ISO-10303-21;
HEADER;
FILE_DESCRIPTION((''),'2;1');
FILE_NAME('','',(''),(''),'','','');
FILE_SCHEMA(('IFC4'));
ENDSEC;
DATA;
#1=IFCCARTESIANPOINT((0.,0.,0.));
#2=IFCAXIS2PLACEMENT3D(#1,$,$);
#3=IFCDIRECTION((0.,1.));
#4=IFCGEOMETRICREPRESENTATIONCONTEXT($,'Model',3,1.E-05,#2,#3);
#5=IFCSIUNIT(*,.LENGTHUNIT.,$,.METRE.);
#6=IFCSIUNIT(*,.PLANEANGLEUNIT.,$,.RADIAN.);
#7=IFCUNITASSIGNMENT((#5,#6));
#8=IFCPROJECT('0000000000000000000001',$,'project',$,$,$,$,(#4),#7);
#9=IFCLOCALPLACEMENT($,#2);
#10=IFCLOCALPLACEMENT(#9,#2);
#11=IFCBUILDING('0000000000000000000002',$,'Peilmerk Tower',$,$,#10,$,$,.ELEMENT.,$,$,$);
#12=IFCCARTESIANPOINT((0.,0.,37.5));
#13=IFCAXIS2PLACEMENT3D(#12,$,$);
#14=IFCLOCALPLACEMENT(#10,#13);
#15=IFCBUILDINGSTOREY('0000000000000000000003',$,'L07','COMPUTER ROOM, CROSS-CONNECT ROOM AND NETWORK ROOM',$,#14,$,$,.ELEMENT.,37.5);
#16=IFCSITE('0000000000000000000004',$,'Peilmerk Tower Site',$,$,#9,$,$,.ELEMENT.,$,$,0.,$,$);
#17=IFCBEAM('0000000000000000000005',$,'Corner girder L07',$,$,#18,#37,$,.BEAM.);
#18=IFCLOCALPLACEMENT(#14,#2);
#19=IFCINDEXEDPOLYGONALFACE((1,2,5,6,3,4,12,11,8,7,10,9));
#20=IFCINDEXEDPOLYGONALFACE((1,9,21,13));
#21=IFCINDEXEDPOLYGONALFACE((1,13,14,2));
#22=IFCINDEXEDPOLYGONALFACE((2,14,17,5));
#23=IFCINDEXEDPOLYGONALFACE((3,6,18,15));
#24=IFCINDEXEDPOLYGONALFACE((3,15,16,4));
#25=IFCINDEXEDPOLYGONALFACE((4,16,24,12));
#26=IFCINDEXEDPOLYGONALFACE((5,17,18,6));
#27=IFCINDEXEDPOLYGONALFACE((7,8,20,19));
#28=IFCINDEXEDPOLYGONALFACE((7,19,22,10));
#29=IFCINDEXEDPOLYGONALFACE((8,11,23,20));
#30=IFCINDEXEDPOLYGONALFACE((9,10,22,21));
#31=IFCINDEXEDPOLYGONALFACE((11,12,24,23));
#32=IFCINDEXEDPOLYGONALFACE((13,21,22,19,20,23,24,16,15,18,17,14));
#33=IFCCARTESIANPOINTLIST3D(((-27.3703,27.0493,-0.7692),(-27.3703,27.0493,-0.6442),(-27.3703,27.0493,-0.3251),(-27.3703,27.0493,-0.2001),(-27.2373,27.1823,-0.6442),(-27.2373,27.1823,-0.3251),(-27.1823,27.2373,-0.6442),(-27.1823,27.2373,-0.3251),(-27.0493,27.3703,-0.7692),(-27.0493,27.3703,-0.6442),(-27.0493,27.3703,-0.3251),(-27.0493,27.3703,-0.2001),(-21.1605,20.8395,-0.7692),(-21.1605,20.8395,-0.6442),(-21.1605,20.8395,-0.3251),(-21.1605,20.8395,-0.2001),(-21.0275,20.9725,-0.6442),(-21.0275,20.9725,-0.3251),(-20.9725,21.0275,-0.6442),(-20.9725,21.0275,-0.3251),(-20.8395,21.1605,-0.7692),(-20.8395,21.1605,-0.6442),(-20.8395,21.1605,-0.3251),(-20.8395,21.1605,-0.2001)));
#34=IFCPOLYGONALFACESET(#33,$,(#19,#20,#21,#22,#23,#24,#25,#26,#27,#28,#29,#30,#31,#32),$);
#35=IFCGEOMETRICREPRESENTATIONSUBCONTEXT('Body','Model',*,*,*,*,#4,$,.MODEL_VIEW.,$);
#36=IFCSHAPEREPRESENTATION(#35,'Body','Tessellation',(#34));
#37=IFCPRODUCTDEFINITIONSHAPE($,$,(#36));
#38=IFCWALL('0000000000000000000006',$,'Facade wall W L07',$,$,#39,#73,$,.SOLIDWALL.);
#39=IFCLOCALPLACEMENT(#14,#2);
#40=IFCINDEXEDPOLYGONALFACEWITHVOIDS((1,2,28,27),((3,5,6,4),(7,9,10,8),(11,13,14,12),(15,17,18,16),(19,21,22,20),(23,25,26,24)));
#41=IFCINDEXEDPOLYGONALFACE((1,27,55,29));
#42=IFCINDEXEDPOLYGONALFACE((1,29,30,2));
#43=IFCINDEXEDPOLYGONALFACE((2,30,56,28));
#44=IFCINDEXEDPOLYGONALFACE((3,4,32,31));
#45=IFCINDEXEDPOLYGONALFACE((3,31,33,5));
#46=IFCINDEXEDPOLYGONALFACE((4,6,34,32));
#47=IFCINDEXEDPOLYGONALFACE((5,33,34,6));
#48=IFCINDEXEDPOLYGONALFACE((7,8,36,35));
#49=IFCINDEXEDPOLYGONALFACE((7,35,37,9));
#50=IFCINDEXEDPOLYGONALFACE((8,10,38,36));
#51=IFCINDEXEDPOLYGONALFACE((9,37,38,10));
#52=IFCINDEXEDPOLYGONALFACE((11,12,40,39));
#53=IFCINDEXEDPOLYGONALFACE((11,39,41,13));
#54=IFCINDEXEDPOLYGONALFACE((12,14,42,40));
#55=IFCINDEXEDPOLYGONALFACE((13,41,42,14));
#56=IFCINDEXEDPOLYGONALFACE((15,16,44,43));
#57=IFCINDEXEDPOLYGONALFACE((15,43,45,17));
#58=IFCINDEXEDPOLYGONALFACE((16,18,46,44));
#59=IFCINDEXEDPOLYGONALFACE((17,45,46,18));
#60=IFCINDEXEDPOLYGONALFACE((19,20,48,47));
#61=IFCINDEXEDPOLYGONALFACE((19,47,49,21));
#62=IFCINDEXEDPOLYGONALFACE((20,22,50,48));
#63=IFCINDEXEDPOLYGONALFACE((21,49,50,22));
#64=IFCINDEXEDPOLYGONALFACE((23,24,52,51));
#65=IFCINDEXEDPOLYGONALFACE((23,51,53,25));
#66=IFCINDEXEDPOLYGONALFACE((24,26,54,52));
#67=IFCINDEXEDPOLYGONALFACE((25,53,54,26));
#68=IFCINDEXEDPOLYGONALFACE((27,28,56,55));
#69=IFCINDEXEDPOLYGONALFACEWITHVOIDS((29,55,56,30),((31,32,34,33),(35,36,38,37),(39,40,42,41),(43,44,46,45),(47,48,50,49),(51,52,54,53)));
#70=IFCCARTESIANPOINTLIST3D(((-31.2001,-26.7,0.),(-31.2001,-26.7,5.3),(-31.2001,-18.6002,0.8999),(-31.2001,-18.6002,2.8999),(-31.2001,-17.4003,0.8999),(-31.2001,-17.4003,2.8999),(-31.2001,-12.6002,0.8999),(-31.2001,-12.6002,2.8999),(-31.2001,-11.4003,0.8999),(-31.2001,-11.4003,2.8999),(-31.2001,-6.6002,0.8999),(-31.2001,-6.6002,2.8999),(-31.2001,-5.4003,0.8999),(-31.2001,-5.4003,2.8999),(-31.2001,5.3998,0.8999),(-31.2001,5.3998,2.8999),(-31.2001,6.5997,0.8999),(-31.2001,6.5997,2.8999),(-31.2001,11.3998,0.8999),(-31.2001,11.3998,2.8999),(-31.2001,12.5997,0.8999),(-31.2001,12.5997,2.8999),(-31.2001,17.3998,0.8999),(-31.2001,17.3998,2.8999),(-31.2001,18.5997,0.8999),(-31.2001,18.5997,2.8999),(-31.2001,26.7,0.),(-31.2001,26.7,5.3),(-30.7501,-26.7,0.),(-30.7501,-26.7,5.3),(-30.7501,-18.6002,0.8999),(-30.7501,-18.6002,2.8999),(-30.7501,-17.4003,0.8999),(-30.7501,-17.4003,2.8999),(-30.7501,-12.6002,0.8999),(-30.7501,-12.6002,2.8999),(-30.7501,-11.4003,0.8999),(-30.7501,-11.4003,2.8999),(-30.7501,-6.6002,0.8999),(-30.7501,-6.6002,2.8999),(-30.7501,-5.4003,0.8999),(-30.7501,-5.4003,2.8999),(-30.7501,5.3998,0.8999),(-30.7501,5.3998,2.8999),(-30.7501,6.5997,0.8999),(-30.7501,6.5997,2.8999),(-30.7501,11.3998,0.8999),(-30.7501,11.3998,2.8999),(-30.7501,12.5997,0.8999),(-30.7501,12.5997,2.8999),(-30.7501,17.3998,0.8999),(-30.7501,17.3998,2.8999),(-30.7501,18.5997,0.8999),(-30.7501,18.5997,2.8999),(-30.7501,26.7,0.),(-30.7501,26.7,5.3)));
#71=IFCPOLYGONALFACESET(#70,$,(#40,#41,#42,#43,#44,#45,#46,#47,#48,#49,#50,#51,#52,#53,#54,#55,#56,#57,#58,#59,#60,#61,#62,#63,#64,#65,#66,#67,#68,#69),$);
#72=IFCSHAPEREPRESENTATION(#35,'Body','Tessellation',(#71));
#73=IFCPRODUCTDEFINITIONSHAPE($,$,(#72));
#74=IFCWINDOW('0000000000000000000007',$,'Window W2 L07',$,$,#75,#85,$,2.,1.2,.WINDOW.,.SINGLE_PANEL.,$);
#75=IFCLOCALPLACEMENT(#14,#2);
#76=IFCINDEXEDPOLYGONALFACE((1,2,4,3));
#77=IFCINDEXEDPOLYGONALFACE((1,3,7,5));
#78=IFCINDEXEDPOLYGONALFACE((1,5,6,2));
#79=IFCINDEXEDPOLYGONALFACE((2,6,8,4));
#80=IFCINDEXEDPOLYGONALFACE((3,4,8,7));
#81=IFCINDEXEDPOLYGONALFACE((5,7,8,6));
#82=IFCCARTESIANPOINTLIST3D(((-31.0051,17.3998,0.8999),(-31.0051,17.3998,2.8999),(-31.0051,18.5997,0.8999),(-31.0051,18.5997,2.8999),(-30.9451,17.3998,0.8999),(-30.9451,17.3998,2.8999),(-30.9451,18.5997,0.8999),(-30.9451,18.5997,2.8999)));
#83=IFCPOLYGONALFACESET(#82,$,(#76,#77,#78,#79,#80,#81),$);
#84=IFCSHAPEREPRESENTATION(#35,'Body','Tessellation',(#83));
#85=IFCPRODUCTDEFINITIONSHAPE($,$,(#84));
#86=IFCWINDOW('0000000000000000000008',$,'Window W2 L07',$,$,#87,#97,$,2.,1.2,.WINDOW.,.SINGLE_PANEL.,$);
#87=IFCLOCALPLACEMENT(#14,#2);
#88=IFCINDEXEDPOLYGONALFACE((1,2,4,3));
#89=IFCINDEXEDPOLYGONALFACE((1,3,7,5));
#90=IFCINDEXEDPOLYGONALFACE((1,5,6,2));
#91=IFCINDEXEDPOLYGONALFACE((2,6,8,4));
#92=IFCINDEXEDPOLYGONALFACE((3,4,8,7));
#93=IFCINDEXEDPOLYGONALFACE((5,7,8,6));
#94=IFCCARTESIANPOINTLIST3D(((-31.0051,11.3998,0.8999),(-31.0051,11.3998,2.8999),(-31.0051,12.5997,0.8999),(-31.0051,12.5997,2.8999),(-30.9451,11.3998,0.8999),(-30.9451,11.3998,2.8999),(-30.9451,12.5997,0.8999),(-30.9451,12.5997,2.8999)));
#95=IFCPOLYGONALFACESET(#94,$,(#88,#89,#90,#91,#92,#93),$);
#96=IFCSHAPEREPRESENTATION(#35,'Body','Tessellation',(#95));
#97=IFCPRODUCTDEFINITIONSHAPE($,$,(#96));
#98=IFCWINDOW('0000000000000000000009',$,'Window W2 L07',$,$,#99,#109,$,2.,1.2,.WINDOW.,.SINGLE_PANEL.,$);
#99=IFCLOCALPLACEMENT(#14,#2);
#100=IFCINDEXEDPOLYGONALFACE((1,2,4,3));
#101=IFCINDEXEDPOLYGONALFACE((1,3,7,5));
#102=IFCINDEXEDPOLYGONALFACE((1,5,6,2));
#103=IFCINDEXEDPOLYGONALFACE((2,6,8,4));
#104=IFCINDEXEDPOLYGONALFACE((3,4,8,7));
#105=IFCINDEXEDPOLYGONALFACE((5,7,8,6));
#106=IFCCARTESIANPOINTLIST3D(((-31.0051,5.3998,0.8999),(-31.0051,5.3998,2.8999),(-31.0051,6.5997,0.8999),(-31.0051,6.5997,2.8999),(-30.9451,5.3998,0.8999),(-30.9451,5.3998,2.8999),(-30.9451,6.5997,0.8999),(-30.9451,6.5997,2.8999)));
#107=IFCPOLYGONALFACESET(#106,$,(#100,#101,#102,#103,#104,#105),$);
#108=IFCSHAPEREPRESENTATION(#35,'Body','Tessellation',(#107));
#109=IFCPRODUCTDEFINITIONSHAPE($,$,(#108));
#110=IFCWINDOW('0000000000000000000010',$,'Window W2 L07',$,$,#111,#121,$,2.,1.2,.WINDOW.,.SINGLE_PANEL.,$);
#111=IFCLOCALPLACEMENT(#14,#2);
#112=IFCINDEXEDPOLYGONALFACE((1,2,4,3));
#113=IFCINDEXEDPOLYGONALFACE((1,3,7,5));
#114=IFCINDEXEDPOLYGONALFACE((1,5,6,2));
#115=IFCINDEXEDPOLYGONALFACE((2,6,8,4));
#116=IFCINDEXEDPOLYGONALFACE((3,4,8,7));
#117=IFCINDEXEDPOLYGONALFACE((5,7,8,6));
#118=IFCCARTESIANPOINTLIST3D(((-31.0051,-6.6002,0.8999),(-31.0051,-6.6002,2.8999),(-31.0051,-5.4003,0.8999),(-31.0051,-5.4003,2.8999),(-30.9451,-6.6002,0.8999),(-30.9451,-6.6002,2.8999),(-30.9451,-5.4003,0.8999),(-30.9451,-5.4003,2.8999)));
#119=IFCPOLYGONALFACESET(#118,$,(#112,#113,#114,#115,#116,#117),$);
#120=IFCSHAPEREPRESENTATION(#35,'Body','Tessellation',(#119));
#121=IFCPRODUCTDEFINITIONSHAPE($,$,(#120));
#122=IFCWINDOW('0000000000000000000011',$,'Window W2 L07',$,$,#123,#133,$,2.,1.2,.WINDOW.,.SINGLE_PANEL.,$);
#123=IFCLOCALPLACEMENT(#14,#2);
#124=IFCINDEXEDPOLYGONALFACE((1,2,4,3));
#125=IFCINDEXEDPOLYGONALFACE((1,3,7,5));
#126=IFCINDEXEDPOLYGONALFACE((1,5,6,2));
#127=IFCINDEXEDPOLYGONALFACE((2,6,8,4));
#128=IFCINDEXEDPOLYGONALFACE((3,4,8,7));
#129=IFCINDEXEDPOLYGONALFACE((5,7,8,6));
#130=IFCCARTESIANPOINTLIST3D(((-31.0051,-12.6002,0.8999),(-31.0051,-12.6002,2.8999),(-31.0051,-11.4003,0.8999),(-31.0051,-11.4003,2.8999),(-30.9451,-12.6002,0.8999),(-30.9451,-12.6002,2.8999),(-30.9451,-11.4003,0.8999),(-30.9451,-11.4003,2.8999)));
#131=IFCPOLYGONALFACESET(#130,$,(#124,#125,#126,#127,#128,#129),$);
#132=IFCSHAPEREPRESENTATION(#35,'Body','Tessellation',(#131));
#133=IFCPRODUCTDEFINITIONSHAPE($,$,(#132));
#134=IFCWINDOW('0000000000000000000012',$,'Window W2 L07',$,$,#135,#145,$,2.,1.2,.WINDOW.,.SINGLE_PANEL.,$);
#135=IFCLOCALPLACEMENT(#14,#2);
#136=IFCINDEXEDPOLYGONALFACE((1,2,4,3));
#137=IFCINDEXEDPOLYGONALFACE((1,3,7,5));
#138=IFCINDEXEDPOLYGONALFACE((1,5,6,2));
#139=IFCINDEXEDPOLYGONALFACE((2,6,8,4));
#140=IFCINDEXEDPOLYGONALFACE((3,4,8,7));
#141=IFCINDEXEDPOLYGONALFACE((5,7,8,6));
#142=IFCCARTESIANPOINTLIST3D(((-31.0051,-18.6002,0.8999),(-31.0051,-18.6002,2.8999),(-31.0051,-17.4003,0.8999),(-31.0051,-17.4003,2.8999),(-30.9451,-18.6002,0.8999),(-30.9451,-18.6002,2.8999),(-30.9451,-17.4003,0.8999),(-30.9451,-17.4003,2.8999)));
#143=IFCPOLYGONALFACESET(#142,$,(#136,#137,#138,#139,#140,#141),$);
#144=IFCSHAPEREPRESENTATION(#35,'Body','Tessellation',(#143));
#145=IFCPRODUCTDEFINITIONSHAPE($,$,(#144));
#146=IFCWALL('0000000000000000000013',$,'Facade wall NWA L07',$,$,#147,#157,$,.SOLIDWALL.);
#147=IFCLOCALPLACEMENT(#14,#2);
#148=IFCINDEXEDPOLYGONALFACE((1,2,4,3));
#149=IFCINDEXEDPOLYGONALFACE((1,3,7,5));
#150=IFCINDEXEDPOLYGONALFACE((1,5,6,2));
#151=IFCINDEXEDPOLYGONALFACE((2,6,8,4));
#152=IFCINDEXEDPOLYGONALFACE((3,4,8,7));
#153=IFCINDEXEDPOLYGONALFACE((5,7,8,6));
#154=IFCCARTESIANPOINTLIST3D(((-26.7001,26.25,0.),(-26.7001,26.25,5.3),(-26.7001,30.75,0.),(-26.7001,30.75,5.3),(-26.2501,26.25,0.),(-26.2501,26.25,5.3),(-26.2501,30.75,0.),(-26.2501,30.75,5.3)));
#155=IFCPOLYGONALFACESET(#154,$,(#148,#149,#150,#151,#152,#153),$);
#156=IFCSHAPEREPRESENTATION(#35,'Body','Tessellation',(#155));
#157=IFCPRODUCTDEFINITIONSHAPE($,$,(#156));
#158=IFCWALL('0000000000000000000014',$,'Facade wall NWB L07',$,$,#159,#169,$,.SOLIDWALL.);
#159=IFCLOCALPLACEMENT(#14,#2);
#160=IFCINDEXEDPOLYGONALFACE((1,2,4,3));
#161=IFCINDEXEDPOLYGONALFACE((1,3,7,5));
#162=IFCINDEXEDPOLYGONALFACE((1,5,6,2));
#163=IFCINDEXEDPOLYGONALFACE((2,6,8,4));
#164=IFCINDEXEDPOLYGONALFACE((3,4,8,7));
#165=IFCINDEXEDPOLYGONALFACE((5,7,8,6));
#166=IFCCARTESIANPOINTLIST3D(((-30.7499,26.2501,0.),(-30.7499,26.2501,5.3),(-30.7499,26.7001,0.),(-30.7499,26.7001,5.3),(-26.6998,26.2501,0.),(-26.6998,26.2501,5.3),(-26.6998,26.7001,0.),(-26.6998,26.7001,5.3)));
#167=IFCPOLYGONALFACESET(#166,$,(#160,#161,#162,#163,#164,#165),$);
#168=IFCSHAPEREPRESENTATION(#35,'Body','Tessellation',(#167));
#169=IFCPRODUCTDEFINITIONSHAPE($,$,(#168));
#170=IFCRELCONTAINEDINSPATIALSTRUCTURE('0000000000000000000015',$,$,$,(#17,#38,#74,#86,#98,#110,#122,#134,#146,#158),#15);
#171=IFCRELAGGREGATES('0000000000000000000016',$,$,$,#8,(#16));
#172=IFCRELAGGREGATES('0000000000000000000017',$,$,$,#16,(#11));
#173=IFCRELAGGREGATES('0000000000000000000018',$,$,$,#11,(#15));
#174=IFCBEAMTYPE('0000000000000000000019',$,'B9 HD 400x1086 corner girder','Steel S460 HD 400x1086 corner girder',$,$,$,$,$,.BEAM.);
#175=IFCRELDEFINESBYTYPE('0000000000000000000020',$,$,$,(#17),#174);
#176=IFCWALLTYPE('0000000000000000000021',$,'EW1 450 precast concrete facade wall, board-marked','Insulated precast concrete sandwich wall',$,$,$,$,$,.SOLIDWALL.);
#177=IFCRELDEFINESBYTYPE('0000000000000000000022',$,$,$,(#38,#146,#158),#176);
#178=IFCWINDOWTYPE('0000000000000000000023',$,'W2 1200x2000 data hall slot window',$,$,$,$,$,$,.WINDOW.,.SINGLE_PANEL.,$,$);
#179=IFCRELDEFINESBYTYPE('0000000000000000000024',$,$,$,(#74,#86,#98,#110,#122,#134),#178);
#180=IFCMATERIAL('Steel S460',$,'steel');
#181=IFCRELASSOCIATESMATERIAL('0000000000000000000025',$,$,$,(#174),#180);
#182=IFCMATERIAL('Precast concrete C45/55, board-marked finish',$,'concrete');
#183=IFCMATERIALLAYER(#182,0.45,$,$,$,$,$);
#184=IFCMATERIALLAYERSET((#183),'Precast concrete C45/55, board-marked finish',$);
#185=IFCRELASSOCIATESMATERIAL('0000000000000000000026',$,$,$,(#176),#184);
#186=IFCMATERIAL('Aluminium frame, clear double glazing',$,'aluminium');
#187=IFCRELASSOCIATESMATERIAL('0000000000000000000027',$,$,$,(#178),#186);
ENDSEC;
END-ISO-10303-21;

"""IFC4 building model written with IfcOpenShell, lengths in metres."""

from ifc_helpers import new_model, si_unit, direction, frame, frame_2d, origin, origin_2d, place, context, subcontext, project, spatial, rectangle, i_section, extrude, material, layer, layer_set, material_profile, profile_set, type_object, element, fill, save


model = new_model("IFC4")

# Units and contexts
model_context = context("Model", 3, precision=1e-05, world=origin(), true_north=direction((0.0, 1.0)))
body_context = subcontext(model_context, "Body", "Model", "MODEL_VIEW")
ifc_project = project(units=[si_unit("LENGTHUNIT", "METRE"), si_unit("PLANEANGLEUNIT", "RADIAN")], contexts=[model_context])

# Site, building, storey
site_placement = place(None, origin())
site = spatial("IfcSite", under=ifc_project, at=site_placement, Name="Peilmerk Tower Site", CompositionType="ELEMENT", RefElevation=0.0)
building_placement = place(site_placement, origin())
building = spatial("IfcBuilding", under=site, at=building_placement, Name="Peilmerk Tower", CompositionType="ELEMENT")
storey_placement = place(building_placement, frame((0.0, 0.0, 37.5)))
storey = spatial("IfcBuildingStorey", under=building, at=storey_placement, Name="L07", Description="COMPUTER ROOM, CROSS-CONNECT ROOM AND NETWORK ROOM", CompositionType="ELEMENT", Elevation=37.5)

# Beam
ifc_material_1 = material(Name="Steel S460", Category="steel")
ifc_material_profile_1 = material_profile(ifc_material_1, i_section(OverallWidth=0.4541, OverallDepth=0.5691, WebThickness=0.0779, FlangeThickness=0.125, at=origin_2d()), Name="HD 400x1086")
ifc_profile_set_1 = profile_set([ifc_material_profile_1], Name="Steel S460")
beam_type_1 = type_object("IfcBeamType", Name="B9 HD 400x1086 corner girder", Description="Steel S460 HD 400x1086 corner girder", PredefinedType="BEAM", material=ifc_profile_set_1)
beam_1_placement = place(storey_placement, frame((-21.0, 21.0, -0.4846), z_axis=(-0.707107, 0.707107, 0.0), x_axis=(-0.707107, -0.707107, 0.0)))
element("IfcBeam", 1, at=beam_1_placement, inside=storey, type_object=beam_type_1, Name="Corner girder L07", PredefinedType="BEAM", context=body_context, shape_type="SweptSolid", body=[
    extrude(i_section(OverallWidth=0.4541, OverallDepth=0.5691, WebThickness=0.0779, FlangeThickness=0.125, at=origin_2d()), origin(), (0.0, 0.0, 1.0), 8.782),
])

# Wall, openings, windows
ifc_material_2 = material(Name="Precast concrete C45/55, board-marked finish", Category="concrete")
ifc_layer = layer(ifc_material_2, 0.45)
ifc_layer_set = layer_set([ifc_layer], Name="Precast concrete C45/55, board-marked finish")
wall_type = type_object("IfcWallType", Name="EW1 450 precast concrete facade wall, board-marked", Description="Insulated precast concrete sandwich wall", PredefinedType="SOLIDWALL", material=ifc_layer_set)
wall_1_placement = place(storey_placement, frame((-30.9751, 26.7, 0.0), z_axis=(0.0, 0.0, 1.0), x_axis=(0.0, -1.0, 0.0)))
wall_1 = element("IfcWall", 2, at=wall_1_placement, inside=storey, type_object=wall_type, Name="Facade wall W L07", PredefinedType="SOLIDWALL", context=body_context, shape_type="SweptSolid", body=[
    extrude(rectangle(XDim=53.3999, YDim=0.45, at=frame_2d((26.7, 0.0))), origin(), (0.0, 0.0, 1.0), 5.3),
])
opening_1_placement = place(wall_1_placement, frame((8.1001, 0.0, 0.8999)))
opening_1 = element("IfcOpeningElement", 3, at=opening_1_placement, cuts=wall_1, PredefinedType="OPENING", context=body_context, shape_type="SweptSolid", body=[
    extrude(rectangle(XDim=1.2, YDim=2.0, at=frame_2d((0.6001, 1.0))), frame((0.0, 0.2349, 0.0), z_axis=(0.0, -1.0, 0.0), x_axis=(1.0, 0.0, 0.0)), (0.0, 0.0, 1.0), 0.47),
])
opening_2_placement = place(wall_1_placement, frame((14.1001, 0.0, 0.8999)))
opening_2 = element("IfcOpeningElement", 4, at=opening_2_placement, cuts=wall_1, PredefinedType="OPENING", context=body_context, shape_type="SweptSolid", body=[
    extrude(rectangle(XDim=1.2, YDim=2.0, at=frame_2d((0.6001, 1.0))), frame((0.0, 0.2349, 0.0), z_axis=(0.0, -1.0, 0.0), x_axis=(1.0, 0.0, 0.0)), (0.0, 0.0, 1.0), 0.47),
])
opening_3_placement = place(wall_1_placement, frame((20.1001, 0.0, 0.8999)))
opening_3 = element("IfcOpeningElement", 5, at=opening_3_placement, cuts=wall_1, PredefinedType="OPENING", context=body_context, shape_type="SweptSolid", body=[
    extrude(rectangle(XDim=1.2, YDim=2.0, at=frame_2d((0.6001, 1.0))), frame((0.0, 0.2349, 0.0), z_axis=(0.0, -1.0, 0.0), x_axis=(1.0, 0.0, 0.0)), (0.0, 0.0, 1.0), 0.47),
])
opening_4_placement = place(wall_1_placement, frame((32.1001, 0.0, 0.8999)))
opening_4 = element("IfcOpeningElement", 6, at=opening_4_placement, cuts=wall_1, PredefinedType="OPENING", context=body_context, shape_type="SweptSolid", body=[
    extrude(rectangle(XDim=1.2, YDim=2.0, at=frame_2d((0.6001, 1.0))), frame((0.0, 0.2349, 0.0), z_axis=(0.0, -1.0, 0.0), x_axis=(1.0, 0.0, 0.0)), (0.0, 0.0, 1.0), 0.47),
])
opening_5_placement = place(wall_1_placement, frame((38.1001, 0.0, 0.8999)))
opening_5 = element("IfcOpeningElement", 7, at=opening_5_placement, cuts=wall_1, PredefinedType="OPENING", context=body_context, shape_type="SweptSolid", body=[
    extrude(rectangle(XDim=1.2, YDim=2.0, at=frame_2d((0.6001, 1.0))), frame((0.0, 0.2349, 0.0), z_axis=(0.0, -1.0, 0.0), x_axis=(1.0, 0.0, 0.0)), (0.0, 0.0, 1.0), 0.47),
])
opening_6_placement = place(wall_1_placement, frame((44.1001, 0.0, 0.8999)))
opening_6 = element("IfcOpeningElement", 8, at=opening_6_placement, cuts=wall_1, PredefinedType="OPENING", context=body_context, shape_type="SweptSolid", body=[
    extrude(rectangle(XDim=1.2, YDim=2.0, at=frame_2d((0.6001, 1.0))), frame((0.0, 0.2349, 0.0), z_axis=(0.0, -1.0, 0.0), x_axis=(1.0, 0.0, 0.0)), (0.0, 0.0, 1.0), 0.47),
])
ifc_material_3 = material(Name="Aluminium frame, clear double glazing", Category="aluminium")
window_type = type_object("IfcWindowType", Name="W2 1200x2000 data hall slot window", PartitioningType="SINGLE_PANEL", PredefinedType="WINDOW", material=ifc_material_3)
window_1_placement = place(opening_1_placement, origin())
window_1 = element("IfcWindow", 9, at=window_1_placement, inside=storey, type_object=window_type, Name="Window W2 L07", OverallHeight=2.0, OverallWidth=1.2, PartitioningType="SINGLE_PANEL", PredefinedType="WINDOW", context=body_context, shape_type="SweptSolid", body=[
    extrude(rectangle(XDim=1.2, YDim=2.0, at=frame_2d((0.6001, 1.0))), frame((0.0, 0.03, 0.0), z_axis=(0.0, -1.0, 0.0), x_axis=(1.0, 0.0, 0.0)), (0.0, 0.0, 1.0), 0.0601),
])
fill(opening_1, window_1)
window_2_placement = place(opening_2_placement, origin())
window_2 = element("IfcWindow", 10, at=window_2_placement, inside=storey, type_object=window_type, Name="Window W2 L07", OverallHeight=2.0, OverallWidth=1.2, PartitioningType="SINGLE_PANEL", PredefinedType="WINDOW", context=body_context, shape_type="SweptSolid", body=[
    extrude(rectangle(XDim=1.2, YDim=2.0, at=frame_2d((0.6001, 1.0))), frame((0.0, 0.03, 0.0), z_axis=(0.0, -1.0, 0.0), x_axis=(1.0, 0.0, 0.0)), (0.0, 0.0, 1.0), 0.0601),
])
fill(opening_2, window_2)
window_3_placement = place(opening_3_placement, origin())
window_3 = element("IfcWindow", 11, at=window_3_placement, inside=storey, type_object=window_type, Name="Window W2 L07", OverallHeight=2.0, OverallWidth=1.2, PartitioningType="SINGLE_PANEL", PredefinedType="WINDOW", context=body_context, shape_type="SweptSolid", body=[
    extrude(rectangle(XDim=1.2, YDim=2.0, at=frame_2d((0.6001, 1.0))), frame((0.0, 0.03, 0.0), z_axis=(0.0, -1.0, 0.0), x_axis=(1.0, 0.0, 0.0)), (0.0, 0.0, 1.0), 0.0601),
])
fill(opening_3, window_3)
window_4_placement = place(opening_4_placement, origin())
window_4 = element("IfcWindow", 12, at=window_4_placement, inside=storey, type_object=window_type, Name="Window W2 L07", OverallHeight=2.0, OverallWidth=1.2, PartitioningType="SINGLE_PANEL", PredefinedType="WINDOW", context=body_context, shape_type="SweptSolid", body=[
    extrude(rectangle(XDim=1.2, YDim=2.0, at=frame_2d((0.6001, 1.0))), frame((0.0, 0.03, 0.0), z_axis=(0.0, -1.0, 0.0), x_axis=(1.0, 0.0, 0.0)), (0.0, 0.0, 1.0), 0.0601),
])
fill(opening_4, window_4)
window_5_placement = place(opening_5_placement, origin())
window_5 = element("IfcWindow", 13, at=window_5_placement, inside=storey, type_object=window_type, Name="Window W2 L07", OverallHeight=2.0, OverallWidth=1.2, PartitioningType="SINGLE_PANEL", PredefinedType="WINDOW", context=body_context, shape_type="SweptSolid", body=[
    extrude(rectangle(XDim=1.2, YDim=2.0, at=frame_2d((0.6001, 1.0))), frame((0.0, 0.03, 0.0), z_axis=(0.0, -1.0, 0.0), x_axis=(1.0, 0.0, 0.0)), (0.0, 0.0, 1.0), 0.0601),
])
fill(opening_5, window_5)
window_6_placement = place(opening_6_placement, origin())
window_6 = element("IfcWindow", 14, at=window_6_placement, inside=storey, type_object=window_type, Name="Window W2 L07", OverallHeight=2.0, OverallWidth=1.2, PartitioningType="SINGLE_PANEL", PredefinedType="WINDOW", context=body_context, shape_type="SweptSolid", body=[
    extrude(rectangle(XDim=1.2, YDim=2.0, at=frame_2d((0.6001, 1.0))), frame((0.0, 0.03, 0.0), z_axis=(0.0, -1.0, 0.0), x_axis=(1.0, 0.0, 0.0)), (0.0, 0.0, 1.0), 0.0601),
])
fill(opening_6, window_6)

# Walls
wall_2_placement = place(storey_placement, frame((-26.4751, 26.25, 0.0), z_axis=(0.0, 0.0, 1.0), x_axis=(0.0, 1.0, 0.0)))
element("IfcWall", 15, at=wall_2_placement, inside=storey, type_object=wall_type, Name="Facade wall NWA L07", PredefinedType="SOLIDWALL", context=body_context, shape_type="SweptSolid", body=[
    extrude(rectangle(XDim=4.5, YDim=0.45, at=frame_2d((2.25, 0.0))), origin(), (0.0, 0.0, 1.0), 5.3),
])
wall_3_placement = place(storey_placement, frame((-26.7, 26.4751, 0.0), z_axis=(0.0, 0.0, 1.0), x_axis=(-1.0, 0.0, 0.0)))
element("IfcWall", 16, at=wall_3_placement, inside=storey, type_object=wall_type, Name="Facade wall NWB L07", PredefinedType="SOLIDWALL", context=body_context, shape_type="SweptSolid", body=[
    extrude(rectangle(XDim=4.05, YDim=0.45, at=frame_2d((2.0249, 0.0))), origin(), (0.0, 0.0, 1.0), 5.3),
])

save(model, "model.ifc")
